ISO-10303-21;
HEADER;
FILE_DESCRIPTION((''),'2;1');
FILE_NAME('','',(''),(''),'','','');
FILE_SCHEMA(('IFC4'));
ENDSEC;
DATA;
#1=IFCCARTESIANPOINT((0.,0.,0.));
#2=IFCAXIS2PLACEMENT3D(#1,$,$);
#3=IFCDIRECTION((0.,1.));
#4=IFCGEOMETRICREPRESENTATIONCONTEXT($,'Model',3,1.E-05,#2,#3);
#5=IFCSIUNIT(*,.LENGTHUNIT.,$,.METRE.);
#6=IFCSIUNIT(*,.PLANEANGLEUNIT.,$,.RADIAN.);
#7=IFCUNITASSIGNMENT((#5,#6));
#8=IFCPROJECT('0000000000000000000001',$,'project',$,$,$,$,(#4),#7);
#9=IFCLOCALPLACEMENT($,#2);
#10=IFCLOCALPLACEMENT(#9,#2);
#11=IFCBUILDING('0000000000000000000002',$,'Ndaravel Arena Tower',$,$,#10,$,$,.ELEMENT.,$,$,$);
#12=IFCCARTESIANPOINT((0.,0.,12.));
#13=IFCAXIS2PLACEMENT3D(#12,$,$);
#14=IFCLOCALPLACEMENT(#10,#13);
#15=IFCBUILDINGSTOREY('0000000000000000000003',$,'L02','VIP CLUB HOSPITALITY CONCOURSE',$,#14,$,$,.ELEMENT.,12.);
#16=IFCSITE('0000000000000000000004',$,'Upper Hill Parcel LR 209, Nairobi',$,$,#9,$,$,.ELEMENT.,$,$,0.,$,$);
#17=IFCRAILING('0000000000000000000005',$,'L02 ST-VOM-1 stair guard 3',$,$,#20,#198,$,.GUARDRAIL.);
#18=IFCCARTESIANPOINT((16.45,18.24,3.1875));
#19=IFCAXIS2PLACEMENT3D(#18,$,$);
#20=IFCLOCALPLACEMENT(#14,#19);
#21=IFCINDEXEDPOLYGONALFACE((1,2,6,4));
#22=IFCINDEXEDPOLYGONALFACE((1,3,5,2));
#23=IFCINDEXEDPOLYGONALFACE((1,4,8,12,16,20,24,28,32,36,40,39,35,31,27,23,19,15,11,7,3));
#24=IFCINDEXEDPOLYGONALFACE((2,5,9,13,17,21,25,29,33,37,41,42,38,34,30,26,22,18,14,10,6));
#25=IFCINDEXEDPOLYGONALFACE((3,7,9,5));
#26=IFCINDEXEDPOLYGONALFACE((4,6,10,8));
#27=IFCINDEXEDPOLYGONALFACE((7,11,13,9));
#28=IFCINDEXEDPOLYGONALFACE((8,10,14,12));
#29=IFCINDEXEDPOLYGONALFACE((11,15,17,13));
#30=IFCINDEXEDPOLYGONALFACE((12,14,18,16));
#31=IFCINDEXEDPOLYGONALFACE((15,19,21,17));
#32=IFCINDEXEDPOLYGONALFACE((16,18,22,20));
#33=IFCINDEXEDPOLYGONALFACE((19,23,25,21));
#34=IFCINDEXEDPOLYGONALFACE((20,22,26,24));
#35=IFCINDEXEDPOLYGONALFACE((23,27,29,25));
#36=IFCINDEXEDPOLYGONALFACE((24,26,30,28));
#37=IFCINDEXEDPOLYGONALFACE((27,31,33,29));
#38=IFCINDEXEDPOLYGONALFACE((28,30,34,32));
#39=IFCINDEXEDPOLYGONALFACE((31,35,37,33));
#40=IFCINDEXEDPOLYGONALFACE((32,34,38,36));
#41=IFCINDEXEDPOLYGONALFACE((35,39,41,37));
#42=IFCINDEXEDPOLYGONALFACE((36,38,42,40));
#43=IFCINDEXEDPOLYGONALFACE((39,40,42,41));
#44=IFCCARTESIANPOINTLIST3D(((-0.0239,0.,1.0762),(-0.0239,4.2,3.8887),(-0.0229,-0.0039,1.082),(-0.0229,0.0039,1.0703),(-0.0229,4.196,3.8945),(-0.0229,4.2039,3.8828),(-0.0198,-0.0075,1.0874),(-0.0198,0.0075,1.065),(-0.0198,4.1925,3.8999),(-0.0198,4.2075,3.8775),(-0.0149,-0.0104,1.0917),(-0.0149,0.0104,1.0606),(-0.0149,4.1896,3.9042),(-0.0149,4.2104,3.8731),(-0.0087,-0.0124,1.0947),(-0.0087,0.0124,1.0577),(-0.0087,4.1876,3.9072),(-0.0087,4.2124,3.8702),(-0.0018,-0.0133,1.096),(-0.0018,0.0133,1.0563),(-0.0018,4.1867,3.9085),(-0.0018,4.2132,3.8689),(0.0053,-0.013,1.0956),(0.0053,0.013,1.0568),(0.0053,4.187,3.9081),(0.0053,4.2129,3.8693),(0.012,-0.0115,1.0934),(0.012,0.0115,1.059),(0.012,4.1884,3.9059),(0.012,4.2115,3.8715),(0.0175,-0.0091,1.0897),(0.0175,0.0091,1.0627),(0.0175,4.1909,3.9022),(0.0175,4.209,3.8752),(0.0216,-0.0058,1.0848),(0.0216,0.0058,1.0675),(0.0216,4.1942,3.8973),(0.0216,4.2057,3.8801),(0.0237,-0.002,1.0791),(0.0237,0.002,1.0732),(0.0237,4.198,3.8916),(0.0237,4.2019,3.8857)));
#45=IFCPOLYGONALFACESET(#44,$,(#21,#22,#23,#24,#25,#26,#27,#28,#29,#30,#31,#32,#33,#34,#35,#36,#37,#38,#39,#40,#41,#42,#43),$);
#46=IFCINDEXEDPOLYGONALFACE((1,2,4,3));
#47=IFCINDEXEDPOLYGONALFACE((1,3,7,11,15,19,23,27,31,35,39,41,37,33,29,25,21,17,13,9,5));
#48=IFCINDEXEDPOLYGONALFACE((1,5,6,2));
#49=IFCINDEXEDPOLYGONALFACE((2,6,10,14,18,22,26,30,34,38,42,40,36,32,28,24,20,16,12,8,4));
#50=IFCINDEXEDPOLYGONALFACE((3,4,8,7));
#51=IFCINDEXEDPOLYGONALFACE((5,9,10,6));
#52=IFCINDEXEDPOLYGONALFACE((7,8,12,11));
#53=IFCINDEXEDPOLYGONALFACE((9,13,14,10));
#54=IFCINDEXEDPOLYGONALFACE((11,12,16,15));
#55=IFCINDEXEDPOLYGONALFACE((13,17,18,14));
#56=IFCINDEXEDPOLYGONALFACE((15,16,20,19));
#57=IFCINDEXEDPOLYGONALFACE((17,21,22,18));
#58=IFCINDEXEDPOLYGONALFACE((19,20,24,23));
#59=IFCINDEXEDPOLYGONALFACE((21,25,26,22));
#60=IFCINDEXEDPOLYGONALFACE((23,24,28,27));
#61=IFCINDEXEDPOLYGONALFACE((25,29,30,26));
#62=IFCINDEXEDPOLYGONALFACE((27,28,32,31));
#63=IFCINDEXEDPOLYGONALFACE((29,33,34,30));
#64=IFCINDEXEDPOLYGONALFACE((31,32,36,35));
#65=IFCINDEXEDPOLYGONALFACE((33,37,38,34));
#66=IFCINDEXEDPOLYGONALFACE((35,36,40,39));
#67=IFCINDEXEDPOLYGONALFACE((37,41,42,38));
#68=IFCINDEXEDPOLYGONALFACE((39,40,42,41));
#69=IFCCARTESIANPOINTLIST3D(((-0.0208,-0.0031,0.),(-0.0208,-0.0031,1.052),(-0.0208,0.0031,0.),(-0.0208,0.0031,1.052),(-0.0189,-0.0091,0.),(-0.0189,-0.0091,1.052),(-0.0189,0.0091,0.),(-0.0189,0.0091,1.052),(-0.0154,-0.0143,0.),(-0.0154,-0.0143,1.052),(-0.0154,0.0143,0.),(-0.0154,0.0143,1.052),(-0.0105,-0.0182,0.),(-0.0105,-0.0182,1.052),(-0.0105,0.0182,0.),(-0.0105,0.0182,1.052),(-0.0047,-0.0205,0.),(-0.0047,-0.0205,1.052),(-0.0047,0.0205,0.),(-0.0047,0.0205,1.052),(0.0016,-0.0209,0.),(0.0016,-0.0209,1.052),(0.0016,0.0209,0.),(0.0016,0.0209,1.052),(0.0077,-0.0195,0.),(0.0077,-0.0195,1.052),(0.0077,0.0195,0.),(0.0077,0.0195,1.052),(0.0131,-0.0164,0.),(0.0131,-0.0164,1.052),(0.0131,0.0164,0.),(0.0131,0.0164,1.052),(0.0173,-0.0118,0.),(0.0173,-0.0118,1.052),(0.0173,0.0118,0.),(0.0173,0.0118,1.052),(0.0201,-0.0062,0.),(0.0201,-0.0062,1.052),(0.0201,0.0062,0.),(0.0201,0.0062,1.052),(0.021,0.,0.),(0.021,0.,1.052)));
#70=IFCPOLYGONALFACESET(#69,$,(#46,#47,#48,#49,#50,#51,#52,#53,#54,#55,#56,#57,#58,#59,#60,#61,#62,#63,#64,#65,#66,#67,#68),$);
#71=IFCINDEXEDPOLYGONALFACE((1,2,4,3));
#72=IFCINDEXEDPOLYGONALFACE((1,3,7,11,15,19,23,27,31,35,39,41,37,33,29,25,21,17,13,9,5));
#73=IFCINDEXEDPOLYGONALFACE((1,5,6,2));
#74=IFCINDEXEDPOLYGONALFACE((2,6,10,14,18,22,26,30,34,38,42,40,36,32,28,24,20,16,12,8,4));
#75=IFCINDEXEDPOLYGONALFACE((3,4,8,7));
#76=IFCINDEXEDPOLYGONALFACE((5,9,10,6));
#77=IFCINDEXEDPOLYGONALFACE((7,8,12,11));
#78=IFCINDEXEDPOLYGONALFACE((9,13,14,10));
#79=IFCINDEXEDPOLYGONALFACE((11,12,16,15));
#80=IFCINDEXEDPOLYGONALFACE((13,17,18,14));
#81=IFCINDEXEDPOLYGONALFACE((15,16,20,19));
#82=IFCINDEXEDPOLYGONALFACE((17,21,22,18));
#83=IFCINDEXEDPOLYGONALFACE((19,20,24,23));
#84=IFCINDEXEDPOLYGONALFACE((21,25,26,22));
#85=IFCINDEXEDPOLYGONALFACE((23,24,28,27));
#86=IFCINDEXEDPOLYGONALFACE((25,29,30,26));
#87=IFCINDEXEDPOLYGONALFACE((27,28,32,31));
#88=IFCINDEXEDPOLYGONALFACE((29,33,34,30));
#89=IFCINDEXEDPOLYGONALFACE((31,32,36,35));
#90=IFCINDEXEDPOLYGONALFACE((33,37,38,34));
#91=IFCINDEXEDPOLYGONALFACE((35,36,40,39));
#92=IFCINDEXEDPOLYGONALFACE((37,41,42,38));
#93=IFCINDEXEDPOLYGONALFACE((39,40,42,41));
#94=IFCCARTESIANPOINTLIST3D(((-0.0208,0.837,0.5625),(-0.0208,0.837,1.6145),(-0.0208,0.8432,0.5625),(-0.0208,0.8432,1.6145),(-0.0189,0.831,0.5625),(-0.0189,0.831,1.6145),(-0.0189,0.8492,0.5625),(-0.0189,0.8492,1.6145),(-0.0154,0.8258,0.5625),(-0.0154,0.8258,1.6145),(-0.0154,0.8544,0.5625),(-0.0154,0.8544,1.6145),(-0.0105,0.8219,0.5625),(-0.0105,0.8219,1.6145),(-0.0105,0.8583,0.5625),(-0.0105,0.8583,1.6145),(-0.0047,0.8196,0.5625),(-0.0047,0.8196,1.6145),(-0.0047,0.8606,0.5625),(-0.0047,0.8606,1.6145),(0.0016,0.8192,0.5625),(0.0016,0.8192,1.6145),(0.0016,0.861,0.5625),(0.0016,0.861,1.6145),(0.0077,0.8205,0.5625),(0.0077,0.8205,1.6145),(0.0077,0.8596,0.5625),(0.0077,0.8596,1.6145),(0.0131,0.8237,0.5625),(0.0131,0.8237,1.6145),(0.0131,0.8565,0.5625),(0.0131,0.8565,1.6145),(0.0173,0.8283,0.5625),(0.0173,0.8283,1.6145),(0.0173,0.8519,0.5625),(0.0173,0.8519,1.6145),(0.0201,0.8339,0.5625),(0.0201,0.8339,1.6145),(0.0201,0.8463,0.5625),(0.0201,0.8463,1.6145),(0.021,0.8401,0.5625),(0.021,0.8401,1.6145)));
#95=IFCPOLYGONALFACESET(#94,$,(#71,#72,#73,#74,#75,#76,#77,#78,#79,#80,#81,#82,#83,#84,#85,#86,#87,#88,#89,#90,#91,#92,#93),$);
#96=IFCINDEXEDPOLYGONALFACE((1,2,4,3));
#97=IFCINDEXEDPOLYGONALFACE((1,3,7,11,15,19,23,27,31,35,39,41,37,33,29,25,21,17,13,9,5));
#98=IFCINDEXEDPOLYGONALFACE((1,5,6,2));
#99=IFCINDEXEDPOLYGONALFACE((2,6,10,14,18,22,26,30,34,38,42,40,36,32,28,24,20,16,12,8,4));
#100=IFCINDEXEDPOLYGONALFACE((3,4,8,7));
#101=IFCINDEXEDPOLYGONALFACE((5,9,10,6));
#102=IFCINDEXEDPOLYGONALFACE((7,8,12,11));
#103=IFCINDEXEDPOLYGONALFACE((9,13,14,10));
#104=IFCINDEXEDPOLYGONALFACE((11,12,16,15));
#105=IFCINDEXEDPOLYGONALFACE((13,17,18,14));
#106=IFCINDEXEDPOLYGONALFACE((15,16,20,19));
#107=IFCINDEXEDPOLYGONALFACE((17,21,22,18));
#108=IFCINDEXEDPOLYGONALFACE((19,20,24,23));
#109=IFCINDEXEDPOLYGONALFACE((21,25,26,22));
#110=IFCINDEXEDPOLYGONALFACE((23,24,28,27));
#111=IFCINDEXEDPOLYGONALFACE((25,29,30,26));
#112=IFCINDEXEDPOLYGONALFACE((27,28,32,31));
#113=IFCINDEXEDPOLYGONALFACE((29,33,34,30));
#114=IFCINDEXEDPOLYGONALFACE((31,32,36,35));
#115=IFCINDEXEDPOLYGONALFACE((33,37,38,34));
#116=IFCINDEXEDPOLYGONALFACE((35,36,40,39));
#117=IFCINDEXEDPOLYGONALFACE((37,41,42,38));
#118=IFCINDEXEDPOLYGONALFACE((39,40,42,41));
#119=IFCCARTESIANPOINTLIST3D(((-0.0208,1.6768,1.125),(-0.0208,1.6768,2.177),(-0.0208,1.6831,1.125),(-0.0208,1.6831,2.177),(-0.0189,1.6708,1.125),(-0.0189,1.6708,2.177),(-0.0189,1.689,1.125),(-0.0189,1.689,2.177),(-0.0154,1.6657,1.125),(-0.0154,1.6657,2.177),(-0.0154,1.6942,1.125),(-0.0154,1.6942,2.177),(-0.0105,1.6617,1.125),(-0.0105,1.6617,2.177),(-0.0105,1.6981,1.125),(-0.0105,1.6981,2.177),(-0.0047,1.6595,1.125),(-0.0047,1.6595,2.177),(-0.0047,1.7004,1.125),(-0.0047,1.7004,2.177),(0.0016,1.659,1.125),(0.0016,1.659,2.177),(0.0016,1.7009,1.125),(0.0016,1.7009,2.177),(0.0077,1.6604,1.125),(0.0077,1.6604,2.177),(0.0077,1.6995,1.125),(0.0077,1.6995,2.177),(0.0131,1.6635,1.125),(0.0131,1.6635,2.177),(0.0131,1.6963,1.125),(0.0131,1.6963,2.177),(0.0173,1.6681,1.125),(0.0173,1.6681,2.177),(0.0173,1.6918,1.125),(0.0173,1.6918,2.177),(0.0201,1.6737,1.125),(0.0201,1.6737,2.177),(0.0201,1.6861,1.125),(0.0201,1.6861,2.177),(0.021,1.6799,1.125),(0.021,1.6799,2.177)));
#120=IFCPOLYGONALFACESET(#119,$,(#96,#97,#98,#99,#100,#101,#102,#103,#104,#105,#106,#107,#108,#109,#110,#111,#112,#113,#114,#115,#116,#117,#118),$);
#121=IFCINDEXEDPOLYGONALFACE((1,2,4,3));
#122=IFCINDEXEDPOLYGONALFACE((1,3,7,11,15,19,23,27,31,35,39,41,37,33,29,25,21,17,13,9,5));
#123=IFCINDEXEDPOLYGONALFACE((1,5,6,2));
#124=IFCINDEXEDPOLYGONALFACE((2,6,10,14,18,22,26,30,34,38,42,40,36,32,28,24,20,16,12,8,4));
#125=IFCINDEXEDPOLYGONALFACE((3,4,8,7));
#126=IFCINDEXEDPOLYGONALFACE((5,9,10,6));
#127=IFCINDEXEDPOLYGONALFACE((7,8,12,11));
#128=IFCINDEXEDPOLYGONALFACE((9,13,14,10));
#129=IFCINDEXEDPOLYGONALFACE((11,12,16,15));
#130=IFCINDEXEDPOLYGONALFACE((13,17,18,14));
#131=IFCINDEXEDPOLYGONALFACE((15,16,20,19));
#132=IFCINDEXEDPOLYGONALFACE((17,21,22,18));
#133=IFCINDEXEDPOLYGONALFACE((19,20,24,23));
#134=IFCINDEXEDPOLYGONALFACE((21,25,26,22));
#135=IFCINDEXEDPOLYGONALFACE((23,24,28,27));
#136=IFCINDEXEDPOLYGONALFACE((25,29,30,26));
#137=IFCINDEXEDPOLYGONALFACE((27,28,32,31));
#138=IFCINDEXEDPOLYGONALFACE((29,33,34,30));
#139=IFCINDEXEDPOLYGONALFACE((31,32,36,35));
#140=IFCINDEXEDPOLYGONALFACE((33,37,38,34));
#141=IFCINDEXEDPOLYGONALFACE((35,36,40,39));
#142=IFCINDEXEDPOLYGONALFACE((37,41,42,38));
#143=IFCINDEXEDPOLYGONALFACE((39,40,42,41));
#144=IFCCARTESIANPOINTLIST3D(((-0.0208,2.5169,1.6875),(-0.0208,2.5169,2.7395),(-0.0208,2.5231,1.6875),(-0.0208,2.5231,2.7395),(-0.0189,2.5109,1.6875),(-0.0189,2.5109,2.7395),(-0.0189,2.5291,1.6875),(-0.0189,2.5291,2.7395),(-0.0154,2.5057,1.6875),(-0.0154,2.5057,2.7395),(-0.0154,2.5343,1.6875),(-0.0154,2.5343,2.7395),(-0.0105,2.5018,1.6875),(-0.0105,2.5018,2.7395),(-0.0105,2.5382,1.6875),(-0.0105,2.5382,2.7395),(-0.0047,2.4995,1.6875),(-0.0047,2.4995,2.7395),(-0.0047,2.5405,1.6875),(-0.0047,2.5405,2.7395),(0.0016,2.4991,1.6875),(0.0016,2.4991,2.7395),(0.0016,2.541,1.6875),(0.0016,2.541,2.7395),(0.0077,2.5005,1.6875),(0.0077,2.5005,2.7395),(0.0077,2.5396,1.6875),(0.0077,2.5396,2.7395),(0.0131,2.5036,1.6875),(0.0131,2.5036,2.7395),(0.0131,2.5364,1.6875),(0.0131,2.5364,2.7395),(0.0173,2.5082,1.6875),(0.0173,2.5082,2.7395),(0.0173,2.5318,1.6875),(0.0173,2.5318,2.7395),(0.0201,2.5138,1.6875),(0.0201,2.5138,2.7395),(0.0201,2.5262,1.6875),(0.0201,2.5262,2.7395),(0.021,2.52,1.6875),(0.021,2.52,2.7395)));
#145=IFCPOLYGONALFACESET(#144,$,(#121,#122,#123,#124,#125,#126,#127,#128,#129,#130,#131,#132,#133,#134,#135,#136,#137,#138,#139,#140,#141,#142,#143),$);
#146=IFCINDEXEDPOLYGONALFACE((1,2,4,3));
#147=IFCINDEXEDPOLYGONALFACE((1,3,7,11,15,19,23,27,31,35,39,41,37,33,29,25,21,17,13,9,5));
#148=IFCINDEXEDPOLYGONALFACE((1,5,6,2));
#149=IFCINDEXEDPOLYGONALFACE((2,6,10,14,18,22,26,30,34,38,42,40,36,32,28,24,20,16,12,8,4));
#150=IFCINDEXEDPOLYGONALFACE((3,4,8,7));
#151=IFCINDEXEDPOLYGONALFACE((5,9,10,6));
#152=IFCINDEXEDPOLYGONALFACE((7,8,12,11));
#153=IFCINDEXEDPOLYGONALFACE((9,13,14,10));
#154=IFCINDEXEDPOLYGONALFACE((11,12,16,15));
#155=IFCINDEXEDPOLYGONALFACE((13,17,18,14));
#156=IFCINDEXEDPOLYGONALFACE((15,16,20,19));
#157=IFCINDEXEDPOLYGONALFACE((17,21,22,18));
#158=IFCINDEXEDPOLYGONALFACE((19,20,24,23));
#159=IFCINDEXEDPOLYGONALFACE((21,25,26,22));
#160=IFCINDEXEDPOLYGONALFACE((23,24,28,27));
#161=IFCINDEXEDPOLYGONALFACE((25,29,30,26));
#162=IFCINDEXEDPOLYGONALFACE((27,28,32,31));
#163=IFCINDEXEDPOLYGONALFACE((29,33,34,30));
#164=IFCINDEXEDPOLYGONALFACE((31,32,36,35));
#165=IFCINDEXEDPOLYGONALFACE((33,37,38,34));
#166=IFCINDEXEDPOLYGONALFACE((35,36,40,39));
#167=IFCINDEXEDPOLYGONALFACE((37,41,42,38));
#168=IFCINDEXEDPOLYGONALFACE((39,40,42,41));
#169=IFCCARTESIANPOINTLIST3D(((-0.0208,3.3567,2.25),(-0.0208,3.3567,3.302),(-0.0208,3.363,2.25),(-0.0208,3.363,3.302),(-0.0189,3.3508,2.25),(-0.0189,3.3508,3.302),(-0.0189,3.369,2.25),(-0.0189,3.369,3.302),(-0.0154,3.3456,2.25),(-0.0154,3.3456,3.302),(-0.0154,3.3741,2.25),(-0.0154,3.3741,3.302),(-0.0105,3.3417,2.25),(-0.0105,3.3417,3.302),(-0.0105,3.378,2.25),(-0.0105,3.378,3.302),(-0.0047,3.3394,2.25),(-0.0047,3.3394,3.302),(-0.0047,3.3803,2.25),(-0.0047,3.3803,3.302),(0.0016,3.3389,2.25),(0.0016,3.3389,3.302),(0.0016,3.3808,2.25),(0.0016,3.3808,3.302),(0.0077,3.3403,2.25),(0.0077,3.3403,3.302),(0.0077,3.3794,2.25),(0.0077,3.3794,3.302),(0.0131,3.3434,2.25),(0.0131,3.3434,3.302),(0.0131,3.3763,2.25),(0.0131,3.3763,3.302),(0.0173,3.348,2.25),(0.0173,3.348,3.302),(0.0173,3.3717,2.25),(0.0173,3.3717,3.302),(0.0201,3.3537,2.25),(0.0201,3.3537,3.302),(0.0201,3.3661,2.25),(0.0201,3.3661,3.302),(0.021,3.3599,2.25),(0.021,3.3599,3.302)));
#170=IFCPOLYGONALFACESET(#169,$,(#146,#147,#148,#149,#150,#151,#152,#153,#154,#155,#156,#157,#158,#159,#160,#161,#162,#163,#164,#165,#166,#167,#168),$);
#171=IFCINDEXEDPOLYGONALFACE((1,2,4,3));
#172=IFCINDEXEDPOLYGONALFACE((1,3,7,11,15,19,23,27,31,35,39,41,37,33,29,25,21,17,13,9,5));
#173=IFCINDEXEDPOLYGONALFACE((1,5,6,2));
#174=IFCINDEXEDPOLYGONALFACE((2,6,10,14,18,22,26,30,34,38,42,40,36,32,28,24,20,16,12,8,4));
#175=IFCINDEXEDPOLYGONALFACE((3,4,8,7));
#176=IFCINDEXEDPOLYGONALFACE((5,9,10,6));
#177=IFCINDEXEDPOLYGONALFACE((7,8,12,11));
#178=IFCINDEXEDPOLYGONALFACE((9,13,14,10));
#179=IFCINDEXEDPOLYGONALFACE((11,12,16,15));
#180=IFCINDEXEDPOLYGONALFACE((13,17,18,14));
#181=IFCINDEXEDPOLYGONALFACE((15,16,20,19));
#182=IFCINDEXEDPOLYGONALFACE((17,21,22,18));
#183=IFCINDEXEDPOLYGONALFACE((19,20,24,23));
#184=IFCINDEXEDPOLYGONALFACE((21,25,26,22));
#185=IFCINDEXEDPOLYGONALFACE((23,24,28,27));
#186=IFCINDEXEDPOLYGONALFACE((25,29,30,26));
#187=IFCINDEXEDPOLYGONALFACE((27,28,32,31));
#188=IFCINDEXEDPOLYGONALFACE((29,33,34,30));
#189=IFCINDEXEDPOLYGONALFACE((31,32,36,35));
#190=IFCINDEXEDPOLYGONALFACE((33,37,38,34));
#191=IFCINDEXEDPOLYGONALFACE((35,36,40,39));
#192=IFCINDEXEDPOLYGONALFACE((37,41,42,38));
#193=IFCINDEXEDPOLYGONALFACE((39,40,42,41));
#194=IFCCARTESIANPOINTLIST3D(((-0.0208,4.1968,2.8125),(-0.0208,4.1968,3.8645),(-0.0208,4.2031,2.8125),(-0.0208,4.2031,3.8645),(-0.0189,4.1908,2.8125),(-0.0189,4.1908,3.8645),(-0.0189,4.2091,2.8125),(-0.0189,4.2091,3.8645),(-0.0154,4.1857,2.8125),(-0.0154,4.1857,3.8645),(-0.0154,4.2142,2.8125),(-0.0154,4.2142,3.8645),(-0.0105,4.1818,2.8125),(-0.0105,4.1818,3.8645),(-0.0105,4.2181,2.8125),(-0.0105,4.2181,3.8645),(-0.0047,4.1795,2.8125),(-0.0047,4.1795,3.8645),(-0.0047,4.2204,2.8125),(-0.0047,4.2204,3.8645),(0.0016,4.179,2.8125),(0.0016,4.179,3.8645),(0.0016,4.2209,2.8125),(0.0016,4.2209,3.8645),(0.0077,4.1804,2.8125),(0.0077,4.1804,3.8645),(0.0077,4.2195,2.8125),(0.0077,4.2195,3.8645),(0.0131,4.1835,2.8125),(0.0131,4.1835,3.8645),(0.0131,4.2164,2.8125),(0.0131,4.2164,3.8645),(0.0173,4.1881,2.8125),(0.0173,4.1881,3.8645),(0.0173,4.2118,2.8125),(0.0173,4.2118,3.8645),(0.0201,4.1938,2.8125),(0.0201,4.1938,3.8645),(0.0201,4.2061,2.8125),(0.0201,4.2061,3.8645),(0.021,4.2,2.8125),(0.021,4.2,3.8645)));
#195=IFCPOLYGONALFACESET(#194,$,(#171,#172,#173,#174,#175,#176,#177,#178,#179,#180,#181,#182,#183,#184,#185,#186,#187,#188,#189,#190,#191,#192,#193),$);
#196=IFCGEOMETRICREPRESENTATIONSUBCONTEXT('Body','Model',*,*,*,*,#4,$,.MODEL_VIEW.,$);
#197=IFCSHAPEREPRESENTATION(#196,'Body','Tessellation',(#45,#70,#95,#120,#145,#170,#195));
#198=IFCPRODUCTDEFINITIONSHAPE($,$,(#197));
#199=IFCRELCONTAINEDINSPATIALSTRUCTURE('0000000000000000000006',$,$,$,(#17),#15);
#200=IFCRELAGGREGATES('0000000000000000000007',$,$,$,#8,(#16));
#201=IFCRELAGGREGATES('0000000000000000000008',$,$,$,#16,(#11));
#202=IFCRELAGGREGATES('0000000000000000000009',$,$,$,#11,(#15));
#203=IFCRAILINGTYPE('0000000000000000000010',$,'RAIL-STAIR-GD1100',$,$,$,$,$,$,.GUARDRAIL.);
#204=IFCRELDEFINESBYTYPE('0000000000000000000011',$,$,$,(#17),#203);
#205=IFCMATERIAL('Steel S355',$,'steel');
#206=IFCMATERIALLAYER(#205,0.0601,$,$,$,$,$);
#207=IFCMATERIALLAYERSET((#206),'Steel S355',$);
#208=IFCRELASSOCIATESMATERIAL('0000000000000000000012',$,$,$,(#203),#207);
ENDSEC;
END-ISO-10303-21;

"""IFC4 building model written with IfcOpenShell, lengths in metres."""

from ifc_helpers import new_model, si_unit, direction, frame, origin, origin_2d, place, context, subcontext, project, spatial, circle, extrude, material, layer, layer_set, type_object, element, save


model = new_model("IFC4")

# Units and contexts
model_context = context("Model", 3, precision=1e-05, world=origin(), true_north=direction((0.0, 1.0)))
body_context = subcontext(model_context, "Body", "Model", "MODEL_VIEW")
ifc_project = project(units=[si_unit("LENGTHUNIT", "METRE"), si_unit("PLANEANGLEUNIT", "RADIAN")], contexts=[model_context])

# Site, building, storey
site_placement = place(None, origin())
site = spatial("IfcSite", under=ifc_project, at=site_placement, Name="Upper Hill Parcel LR 209, Nairobi", CompositionType="ELEMENT", RefElevation=0.0)
building_placement = place(site_placement, origin())
building = spatial("IfcBuilding", under=site, at=building_placement, Name="Ndaravel Arena Tower", CompositionType="ELEMENT")
storey_placement = place(building_placement, frame((0.0, 0.0, 12.0)))
storey = spatial("IfcBuildingStorey", under=building, at=storey_placement, Name="L02", Description="VIP CLUB HOSPITALITY CONCOURSE", CompositionType="ELEMENT", Elevation=12.0)

# Railing
ifc_material_1 = material(Name="Steel S355", Category="steel")
ifc_layer_1 = layer(ifc_material_1, 0.0601)
ifc_layer_set_1 = layer_set([ifc_layer_1], Name="Steel S355")
railing_type_1 = type_object("IfcRailingType", Name="RAIL-STAIR-GD1100", PredefinedType="GUARDRAIL", material=ifc_layer_set_1)
railing_1_placement = place(storey_placement, frame((16.45, 18.24, 3.1875)))
element("IfcRailing", 1, at=railing_1_placement, inside=storey, type_object=railing_type_1, Name="L02 ST-VOM-1 stair guard 3", PredefinedType="GUARDRAIL", context=body_context, shape_type="SweptSolid", body=[
    extrude(circle(Radius=0.0239, at=origin_2d()), frame((0.0, 0.0, 1.0762), z_axis=(0.0, 0.830904, 0.556416), x_axis=(-1.0, 0.0, 0.0)), (0.0, 0.0, 1.0), 5.0547),
    extrude(circle(Radius=0.021, at=origin_2d()), origin(), (0.0, 0.0, 1.0), 1.052),
    extrude(circle(Radius=0.021, at=origin_2d()), frame((0.0, 0.8401, 0.5625)), (0.0, 0.0, 1.0), 1.052),
    extrude(circle(Radius=0.021, at=origin_2d()), frame((0.0, 1.6799, 1.125)), (0.0, 0.0, 1.0), 1.052),
    extrude(circle(Radius=0.021, at=origin_2d()), frame((0.0, 2.52, 1.6875)), (0.0, 0.0, 1.0), 1.052),
    extrude(circle(Radius=0.021, at=origin_2d()), frame((0.0, 3.3599, 2.25)), (0.0, 0.0, 1.0), 1.052),
    extrude(circle(Radius=0.021, at=origin_2d()), frame((0.0, 4.2, 2.8125)), (0.0, 0.0, 1.0), 1.052),
])

save(model, "model.ifc")
